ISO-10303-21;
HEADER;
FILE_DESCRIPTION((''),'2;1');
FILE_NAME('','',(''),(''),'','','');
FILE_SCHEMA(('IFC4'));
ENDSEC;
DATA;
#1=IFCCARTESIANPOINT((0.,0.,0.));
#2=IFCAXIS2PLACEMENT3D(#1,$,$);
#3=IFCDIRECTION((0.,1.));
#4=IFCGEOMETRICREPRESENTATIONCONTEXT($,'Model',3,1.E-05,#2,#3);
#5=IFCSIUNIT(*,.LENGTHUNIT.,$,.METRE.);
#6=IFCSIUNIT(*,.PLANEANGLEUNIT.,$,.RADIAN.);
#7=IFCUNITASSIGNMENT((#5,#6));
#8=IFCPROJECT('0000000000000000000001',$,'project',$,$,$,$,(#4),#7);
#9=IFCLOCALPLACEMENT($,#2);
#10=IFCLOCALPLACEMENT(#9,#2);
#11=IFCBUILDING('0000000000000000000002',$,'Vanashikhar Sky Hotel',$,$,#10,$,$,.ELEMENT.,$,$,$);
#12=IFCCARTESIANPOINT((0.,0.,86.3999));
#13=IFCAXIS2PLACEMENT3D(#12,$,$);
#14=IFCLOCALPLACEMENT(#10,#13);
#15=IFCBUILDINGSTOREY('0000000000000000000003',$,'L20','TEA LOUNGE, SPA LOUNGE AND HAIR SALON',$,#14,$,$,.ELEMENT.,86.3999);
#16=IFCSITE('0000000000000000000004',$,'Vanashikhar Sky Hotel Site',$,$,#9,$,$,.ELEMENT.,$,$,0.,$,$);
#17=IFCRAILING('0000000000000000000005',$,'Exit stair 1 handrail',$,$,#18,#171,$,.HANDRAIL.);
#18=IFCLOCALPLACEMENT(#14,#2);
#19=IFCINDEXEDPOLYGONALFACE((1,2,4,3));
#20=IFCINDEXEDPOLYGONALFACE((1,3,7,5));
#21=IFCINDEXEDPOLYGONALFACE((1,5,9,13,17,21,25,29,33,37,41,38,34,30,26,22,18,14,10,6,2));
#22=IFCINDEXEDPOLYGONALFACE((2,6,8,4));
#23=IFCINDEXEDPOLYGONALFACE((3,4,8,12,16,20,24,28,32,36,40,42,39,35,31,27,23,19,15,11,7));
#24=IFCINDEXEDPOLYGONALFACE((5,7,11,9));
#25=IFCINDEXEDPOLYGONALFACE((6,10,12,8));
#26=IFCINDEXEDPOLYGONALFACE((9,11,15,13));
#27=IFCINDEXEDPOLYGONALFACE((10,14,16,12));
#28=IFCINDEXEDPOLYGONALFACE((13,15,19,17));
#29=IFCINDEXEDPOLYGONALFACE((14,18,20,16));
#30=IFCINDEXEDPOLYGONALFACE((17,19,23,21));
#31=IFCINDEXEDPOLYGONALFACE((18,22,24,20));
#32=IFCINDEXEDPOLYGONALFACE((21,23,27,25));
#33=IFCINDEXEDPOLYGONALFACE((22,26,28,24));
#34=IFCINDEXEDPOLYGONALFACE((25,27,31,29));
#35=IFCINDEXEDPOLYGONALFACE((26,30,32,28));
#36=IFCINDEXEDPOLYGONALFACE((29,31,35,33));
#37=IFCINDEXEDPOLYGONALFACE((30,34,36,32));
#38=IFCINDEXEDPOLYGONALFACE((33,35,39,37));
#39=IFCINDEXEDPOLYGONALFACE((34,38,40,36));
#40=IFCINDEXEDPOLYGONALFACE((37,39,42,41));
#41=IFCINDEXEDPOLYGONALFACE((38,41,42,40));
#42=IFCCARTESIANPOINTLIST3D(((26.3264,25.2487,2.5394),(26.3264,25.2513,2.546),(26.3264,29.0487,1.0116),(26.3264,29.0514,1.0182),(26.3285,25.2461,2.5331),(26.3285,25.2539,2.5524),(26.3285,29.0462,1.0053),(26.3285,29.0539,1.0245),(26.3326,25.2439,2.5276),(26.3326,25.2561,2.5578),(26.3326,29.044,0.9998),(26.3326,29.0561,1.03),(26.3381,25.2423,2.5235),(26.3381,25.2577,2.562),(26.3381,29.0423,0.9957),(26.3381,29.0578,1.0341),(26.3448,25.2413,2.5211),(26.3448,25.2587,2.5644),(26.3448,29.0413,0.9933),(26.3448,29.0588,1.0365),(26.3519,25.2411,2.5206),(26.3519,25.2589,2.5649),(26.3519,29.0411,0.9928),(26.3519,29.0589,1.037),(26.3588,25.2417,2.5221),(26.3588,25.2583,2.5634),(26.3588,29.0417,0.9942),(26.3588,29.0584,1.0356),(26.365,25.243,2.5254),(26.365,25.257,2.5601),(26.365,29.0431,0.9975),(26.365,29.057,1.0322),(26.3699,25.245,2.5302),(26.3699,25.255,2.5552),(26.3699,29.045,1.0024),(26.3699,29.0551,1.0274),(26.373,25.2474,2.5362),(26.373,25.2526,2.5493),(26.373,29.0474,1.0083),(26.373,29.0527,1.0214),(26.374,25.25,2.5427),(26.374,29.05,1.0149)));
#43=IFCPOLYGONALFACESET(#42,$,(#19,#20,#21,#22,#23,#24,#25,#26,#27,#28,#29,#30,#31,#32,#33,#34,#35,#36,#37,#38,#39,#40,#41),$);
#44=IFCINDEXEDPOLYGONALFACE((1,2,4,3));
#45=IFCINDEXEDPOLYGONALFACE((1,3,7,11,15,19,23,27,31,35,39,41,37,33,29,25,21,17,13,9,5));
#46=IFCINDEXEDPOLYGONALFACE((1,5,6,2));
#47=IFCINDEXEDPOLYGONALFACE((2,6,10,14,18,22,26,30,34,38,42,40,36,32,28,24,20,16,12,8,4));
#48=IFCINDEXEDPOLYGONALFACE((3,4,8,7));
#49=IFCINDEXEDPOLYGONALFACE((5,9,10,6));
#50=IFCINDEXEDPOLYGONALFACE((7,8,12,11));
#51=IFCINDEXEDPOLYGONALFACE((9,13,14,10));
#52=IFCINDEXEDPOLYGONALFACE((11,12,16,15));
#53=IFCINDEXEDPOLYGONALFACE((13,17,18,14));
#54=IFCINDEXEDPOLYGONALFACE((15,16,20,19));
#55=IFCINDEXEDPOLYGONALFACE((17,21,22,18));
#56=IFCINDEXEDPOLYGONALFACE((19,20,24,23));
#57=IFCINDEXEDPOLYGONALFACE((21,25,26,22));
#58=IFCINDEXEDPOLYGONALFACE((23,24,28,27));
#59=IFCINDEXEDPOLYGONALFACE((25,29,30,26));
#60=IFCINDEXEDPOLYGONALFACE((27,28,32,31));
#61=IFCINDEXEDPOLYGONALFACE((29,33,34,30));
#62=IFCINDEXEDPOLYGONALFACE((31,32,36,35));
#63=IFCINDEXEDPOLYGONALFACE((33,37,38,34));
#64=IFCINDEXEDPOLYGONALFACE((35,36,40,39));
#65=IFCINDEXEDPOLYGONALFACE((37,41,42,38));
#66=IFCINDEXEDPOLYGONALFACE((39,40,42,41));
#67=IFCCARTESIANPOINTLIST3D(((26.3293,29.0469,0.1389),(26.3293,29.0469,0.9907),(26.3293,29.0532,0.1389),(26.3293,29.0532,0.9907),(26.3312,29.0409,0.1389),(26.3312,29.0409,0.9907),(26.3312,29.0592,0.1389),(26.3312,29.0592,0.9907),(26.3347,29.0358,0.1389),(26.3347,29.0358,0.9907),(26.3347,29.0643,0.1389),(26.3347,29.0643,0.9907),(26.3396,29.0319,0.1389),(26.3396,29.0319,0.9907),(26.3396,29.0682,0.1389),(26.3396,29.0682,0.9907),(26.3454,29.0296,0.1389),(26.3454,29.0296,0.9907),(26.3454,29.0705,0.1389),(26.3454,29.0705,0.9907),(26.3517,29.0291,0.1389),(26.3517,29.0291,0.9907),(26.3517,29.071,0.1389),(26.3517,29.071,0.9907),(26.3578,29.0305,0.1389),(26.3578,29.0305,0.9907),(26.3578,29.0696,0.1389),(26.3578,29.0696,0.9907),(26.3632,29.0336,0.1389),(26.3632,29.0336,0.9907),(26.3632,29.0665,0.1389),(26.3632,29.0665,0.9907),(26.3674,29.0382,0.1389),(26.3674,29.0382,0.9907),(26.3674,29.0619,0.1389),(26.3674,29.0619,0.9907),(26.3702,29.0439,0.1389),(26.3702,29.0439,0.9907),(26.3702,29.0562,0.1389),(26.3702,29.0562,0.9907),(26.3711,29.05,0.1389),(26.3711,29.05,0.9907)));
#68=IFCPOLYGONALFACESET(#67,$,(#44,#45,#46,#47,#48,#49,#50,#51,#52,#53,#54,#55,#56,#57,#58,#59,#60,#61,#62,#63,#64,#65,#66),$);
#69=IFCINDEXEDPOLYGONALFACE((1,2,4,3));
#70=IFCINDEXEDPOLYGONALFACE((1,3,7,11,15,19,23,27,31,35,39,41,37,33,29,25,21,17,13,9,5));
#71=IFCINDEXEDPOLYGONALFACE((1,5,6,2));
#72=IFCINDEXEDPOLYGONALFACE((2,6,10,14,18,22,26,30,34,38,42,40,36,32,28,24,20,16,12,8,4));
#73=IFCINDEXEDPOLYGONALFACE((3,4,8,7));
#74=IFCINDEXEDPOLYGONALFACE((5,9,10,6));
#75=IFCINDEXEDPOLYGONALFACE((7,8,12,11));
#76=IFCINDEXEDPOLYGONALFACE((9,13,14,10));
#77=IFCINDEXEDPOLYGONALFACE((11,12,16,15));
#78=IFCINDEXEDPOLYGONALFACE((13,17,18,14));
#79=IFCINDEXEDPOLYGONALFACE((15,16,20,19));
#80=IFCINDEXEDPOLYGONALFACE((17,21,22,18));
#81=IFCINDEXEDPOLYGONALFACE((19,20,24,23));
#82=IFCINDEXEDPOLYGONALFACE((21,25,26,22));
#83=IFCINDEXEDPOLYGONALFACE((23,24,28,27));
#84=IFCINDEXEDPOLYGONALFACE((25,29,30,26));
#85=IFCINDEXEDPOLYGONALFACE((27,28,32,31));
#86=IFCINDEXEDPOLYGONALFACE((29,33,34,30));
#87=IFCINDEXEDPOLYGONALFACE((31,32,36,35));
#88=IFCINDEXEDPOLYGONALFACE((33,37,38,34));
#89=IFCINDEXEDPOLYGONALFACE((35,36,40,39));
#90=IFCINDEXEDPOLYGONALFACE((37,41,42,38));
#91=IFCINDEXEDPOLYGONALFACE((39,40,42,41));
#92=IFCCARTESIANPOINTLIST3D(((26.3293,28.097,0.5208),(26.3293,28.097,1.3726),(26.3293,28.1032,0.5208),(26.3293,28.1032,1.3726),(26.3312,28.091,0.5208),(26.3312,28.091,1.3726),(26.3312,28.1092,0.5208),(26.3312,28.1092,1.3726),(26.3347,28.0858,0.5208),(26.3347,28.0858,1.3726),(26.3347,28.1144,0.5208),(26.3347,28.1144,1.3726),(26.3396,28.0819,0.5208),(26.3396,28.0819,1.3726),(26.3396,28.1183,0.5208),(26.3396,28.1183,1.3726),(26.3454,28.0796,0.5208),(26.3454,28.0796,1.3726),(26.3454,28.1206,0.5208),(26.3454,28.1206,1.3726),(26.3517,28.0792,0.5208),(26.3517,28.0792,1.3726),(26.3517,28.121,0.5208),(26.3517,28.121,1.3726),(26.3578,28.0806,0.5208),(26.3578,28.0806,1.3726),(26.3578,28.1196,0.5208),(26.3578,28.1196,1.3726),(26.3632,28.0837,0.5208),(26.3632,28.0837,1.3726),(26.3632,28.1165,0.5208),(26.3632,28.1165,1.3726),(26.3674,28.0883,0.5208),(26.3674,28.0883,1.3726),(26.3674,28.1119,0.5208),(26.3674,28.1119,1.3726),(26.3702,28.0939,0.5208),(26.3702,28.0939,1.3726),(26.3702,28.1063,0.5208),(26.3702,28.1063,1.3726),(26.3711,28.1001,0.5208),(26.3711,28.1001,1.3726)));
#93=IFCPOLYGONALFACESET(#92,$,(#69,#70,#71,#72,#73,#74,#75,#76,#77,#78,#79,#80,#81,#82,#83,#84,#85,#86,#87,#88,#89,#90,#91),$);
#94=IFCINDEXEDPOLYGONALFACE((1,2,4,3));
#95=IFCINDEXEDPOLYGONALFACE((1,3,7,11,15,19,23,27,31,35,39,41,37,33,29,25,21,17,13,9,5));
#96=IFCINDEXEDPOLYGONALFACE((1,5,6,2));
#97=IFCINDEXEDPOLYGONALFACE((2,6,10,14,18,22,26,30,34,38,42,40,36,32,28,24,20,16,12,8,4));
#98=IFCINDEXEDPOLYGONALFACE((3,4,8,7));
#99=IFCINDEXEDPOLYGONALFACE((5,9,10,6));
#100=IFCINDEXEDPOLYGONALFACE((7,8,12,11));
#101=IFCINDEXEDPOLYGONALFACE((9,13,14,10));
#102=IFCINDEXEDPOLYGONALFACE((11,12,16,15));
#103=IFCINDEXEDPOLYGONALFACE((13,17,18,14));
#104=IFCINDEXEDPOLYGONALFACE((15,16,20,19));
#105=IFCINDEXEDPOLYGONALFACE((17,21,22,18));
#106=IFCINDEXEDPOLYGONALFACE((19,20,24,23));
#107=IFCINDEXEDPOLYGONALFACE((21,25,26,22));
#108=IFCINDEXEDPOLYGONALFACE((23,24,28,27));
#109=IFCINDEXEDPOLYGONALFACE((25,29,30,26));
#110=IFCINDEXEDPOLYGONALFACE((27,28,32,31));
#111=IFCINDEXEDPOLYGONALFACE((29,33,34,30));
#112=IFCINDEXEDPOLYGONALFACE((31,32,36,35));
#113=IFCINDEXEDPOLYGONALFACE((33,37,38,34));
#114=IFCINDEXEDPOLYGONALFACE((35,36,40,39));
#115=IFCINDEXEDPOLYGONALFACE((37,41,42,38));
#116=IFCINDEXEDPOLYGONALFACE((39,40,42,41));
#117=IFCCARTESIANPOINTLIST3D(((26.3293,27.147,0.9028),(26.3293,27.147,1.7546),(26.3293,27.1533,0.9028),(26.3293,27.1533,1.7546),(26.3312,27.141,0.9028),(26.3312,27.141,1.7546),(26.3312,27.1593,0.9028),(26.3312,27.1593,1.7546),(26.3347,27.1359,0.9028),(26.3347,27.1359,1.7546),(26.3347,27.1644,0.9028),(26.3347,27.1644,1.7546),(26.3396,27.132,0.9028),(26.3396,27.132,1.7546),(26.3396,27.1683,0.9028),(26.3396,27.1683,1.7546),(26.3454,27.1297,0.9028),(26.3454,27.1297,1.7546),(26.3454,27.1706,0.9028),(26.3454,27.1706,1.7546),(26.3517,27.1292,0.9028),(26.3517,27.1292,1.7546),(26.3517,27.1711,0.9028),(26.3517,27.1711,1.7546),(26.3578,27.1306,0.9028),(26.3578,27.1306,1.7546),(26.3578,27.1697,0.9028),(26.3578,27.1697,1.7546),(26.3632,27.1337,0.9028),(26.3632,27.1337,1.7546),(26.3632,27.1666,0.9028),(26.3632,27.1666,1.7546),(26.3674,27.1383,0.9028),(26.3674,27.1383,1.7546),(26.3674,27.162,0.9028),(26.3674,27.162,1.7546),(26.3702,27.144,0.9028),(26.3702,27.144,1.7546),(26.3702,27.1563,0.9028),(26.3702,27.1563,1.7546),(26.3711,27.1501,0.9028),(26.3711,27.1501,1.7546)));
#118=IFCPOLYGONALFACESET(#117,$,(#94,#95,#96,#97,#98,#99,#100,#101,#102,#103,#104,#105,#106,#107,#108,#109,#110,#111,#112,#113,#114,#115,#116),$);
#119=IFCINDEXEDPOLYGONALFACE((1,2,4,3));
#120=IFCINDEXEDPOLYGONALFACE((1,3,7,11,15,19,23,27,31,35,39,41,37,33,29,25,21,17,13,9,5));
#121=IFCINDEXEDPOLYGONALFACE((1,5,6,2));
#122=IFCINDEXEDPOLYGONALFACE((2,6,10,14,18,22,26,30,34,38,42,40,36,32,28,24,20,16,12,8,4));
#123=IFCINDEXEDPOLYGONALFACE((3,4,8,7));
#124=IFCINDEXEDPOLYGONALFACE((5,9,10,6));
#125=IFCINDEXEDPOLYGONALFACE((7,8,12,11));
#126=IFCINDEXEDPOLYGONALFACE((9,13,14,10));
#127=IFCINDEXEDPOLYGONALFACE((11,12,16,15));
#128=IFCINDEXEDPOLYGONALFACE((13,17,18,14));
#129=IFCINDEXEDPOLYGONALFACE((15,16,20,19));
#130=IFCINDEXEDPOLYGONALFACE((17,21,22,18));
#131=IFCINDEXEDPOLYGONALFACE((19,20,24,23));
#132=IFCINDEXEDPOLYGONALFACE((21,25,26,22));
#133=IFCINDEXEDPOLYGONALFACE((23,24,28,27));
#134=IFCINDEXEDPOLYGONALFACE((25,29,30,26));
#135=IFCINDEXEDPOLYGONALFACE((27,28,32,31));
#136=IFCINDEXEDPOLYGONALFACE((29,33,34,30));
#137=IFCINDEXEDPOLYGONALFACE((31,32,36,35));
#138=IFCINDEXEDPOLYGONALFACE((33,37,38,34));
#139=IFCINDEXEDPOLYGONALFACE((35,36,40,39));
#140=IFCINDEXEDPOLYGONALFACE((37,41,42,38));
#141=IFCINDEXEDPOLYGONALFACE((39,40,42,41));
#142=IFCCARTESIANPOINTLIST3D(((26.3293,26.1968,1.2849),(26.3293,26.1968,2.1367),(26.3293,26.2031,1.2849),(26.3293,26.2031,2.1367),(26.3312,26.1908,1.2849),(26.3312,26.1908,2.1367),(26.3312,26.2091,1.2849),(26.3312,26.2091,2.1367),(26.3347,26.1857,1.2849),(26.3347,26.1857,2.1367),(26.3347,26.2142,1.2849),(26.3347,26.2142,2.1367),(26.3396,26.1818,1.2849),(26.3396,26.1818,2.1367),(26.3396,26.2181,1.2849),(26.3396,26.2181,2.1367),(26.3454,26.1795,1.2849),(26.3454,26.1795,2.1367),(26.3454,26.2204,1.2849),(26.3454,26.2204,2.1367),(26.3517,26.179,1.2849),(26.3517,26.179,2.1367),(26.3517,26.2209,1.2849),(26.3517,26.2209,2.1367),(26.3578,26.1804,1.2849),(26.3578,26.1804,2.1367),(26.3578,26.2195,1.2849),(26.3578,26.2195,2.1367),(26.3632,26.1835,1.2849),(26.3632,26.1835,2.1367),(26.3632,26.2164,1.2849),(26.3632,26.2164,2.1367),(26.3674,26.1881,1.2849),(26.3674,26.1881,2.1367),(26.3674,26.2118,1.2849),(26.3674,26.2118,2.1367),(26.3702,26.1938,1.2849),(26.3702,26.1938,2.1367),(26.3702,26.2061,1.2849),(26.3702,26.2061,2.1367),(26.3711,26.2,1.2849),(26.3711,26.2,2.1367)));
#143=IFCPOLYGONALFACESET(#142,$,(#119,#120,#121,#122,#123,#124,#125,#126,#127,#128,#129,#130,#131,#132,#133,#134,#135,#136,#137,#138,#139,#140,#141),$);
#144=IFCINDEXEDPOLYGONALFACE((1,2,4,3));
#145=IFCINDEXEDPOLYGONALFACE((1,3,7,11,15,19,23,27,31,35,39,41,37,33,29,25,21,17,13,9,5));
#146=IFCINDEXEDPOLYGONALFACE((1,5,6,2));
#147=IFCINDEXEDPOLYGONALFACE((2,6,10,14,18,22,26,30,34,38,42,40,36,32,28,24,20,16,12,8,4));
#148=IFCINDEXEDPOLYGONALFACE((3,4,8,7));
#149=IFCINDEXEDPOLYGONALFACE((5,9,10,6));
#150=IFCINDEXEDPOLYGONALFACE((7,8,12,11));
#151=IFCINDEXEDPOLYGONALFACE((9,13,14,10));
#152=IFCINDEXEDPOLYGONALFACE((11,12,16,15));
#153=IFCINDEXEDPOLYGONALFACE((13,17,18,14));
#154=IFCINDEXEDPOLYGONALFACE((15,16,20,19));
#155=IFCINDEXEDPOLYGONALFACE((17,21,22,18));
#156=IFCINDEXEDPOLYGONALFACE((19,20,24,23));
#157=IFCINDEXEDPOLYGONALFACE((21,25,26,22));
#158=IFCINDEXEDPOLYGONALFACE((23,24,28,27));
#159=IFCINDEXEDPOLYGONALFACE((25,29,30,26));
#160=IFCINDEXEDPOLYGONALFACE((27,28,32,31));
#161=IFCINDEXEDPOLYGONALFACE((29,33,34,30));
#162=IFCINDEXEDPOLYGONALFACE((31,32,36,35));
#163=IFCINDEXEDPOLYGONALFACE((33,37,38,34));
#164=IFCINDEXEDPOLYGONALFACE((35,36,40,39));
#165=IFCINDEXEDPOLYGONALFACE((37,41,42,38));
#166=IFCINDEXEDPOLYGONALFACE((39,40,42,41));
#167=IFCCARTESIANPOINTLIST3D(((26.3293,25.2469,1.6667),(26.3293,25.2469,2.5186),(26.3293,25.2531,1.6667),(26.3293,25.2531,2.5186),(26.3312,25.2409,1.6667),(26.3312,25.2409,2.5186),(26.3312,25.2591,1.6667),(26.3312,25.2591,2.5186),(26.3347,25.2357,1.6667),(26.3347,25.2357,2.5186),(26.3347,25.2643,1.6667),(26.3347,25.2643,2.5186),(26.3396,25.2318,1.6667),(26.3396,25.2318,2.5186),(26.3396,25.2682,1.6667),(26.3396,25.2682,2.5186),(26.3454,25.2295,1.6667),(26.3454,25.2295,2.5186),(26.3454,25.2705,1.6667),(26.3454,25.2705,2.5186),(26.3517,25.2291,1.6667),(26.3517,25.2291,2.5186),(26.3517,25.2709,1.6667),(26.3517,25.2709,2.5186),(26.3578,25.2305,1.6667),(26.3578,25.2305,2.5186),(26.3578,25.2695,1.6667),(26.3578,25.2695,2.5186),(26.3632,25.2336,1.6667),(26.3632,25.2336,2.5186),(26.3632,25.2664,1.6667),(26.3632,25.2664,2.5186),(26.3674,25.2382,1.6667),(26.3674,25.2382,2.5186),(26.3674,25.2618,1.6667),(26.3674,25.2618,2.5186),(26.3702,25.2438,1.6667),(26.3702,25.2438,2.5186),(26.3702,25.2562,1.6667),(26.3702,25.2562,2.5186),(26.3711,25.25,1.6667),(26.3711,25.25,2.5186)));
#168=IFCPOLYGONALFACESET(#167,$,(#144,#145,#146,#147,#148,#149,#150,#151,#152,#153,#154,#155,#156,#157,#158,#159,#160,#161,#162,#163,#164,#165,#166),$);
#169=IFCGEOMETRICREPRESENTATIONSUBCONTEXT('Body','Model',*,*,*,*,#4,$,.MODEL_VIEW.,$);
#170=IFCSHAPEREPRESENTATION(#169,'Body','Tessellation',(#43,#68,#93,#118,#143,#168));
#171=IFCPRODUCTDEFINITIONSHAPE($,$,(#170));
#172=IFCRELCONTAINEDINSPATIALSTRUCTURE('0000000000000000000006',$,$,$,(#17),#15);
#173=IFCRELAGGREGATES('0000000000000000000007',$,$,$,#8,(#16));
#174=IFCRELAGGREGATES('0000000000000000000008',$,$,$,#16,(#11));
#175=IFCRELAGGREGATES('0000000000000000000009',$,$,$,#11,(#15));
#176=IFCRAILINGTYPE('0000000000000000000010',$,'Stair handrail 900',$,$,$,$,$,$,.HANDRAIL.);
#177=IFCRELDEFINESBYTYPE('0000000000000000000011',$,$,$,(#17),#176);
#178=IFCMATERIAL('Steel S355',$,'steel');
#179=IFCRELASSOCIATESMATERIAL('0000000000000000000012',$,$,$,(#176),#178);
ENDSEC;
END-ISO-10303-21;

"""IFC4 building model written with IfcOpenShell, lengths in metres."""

from ifc_helpers import new_model, si_unit, direction, frame, origin, origin_2d, place, context, subcontext, project, spatial, circle, extrude, source, transform, mapped, material, type_object, element, save


model = new_model("IFC4")

# Units and contexts
model_context = context("Model", 3, precision=1e-05, world=origin(), true_north=direction((0.0, 1.0)))
body_context = subcontext(model_context, "Body", "Model", "MODEL_VIEW")
ifc_project = project(units=[si_unit("LENGTHUNIT", "METRE"), si_unit("PLANEANGLEUNIT", "RADIAN")], contexts=[model_context])

# Site, building, storey
site_placement = place(None, origin())
site = spatial("IfcSite", under=ifc_project, at=site_placement, Name="Vanashikhar Sky Hotel Site", CompositionType="ELEMENT", RefElevation=0.0)
building_placement = place(site_placement, origin())
building = spatial("IfcBuilding", under=site, at=building_placement, Name="Vanashikhar Sky Hotel", CompositionType="ELEMENT")
storey_placement = place(building_placement, frame((0.0, 0.0, 86.3999)))
storey = spatial("IfcBuildingStorey", under=building, at=storey_placement, Name="L20", Description="TEA LOUNGE, SPA LOUNGE AND HAIR SALON", CompositionType="ELEMENT", Elevation=86.3999)

# Railing
ifc_material_1 = material(Name="Steel S355", Category="steel")
railing_type_1 = type_object("IfcRailingType", Name="Stair handrail 900", PredefinedType="HANDRAIL", material=ifc_material_1)
shared_shape_1 = source(origin(), body_context, "Body", "SweptSolid", [
    extrude(circle(Radius=0.0239, at=origin_2d()), frame((0.0, 0.0, 0.876), z_axis=(0.0, -0.927817, 0.373034), x_axis=(1.0, 0.0, 0.0)), (0.0, 0.0, 1.0), 4.0957),
    extrude(circle(Radius=0.021, at=origin_2d()), origin(), (0.0, 0.0, 1.0), 0.8518),
    extrude(circle(Radius=0.021, at=origin_2d()), frame((0.0, -0.95, 0.3818)), (0.0, 0.0, 1.0), 0.8518),
    extrude(circle(Radius=0.021, at=origin_2d()), frame((0.0, -1.8999, 0.7639)), (0.0, 0.0, 1.0), 0.8518),
    extrude(circle(Radius=0.021, at=origin_2d()), frame((0.0, -2.8501, 1.146)), (0.0, 0.0, 1.0), 0.8518),
    extrude(circle(Radius=0.021, at=origin_2d()), frame((0.0, -3.8, 1.5278)), (0.0, 0.0, 1.0), 0.8518),
])
for number, where, name in (
    (1, (26.3501, 29.05, 0.1389), "Exit stair 1 handrail"),
):
    element("IfcRailing", number, at=place(storey_placement, frame(where)), inside=storey, type_object=railing_type_1, Name=name, PredefinedType="HANDRAIL", context=body_context, shape_type="MappedRepresentation", body=[
        mapped(shared_shape_1, transform((0.0, 0.0, 0.0), scale=1.0)),
    ])

save(model, "model.ifc")
